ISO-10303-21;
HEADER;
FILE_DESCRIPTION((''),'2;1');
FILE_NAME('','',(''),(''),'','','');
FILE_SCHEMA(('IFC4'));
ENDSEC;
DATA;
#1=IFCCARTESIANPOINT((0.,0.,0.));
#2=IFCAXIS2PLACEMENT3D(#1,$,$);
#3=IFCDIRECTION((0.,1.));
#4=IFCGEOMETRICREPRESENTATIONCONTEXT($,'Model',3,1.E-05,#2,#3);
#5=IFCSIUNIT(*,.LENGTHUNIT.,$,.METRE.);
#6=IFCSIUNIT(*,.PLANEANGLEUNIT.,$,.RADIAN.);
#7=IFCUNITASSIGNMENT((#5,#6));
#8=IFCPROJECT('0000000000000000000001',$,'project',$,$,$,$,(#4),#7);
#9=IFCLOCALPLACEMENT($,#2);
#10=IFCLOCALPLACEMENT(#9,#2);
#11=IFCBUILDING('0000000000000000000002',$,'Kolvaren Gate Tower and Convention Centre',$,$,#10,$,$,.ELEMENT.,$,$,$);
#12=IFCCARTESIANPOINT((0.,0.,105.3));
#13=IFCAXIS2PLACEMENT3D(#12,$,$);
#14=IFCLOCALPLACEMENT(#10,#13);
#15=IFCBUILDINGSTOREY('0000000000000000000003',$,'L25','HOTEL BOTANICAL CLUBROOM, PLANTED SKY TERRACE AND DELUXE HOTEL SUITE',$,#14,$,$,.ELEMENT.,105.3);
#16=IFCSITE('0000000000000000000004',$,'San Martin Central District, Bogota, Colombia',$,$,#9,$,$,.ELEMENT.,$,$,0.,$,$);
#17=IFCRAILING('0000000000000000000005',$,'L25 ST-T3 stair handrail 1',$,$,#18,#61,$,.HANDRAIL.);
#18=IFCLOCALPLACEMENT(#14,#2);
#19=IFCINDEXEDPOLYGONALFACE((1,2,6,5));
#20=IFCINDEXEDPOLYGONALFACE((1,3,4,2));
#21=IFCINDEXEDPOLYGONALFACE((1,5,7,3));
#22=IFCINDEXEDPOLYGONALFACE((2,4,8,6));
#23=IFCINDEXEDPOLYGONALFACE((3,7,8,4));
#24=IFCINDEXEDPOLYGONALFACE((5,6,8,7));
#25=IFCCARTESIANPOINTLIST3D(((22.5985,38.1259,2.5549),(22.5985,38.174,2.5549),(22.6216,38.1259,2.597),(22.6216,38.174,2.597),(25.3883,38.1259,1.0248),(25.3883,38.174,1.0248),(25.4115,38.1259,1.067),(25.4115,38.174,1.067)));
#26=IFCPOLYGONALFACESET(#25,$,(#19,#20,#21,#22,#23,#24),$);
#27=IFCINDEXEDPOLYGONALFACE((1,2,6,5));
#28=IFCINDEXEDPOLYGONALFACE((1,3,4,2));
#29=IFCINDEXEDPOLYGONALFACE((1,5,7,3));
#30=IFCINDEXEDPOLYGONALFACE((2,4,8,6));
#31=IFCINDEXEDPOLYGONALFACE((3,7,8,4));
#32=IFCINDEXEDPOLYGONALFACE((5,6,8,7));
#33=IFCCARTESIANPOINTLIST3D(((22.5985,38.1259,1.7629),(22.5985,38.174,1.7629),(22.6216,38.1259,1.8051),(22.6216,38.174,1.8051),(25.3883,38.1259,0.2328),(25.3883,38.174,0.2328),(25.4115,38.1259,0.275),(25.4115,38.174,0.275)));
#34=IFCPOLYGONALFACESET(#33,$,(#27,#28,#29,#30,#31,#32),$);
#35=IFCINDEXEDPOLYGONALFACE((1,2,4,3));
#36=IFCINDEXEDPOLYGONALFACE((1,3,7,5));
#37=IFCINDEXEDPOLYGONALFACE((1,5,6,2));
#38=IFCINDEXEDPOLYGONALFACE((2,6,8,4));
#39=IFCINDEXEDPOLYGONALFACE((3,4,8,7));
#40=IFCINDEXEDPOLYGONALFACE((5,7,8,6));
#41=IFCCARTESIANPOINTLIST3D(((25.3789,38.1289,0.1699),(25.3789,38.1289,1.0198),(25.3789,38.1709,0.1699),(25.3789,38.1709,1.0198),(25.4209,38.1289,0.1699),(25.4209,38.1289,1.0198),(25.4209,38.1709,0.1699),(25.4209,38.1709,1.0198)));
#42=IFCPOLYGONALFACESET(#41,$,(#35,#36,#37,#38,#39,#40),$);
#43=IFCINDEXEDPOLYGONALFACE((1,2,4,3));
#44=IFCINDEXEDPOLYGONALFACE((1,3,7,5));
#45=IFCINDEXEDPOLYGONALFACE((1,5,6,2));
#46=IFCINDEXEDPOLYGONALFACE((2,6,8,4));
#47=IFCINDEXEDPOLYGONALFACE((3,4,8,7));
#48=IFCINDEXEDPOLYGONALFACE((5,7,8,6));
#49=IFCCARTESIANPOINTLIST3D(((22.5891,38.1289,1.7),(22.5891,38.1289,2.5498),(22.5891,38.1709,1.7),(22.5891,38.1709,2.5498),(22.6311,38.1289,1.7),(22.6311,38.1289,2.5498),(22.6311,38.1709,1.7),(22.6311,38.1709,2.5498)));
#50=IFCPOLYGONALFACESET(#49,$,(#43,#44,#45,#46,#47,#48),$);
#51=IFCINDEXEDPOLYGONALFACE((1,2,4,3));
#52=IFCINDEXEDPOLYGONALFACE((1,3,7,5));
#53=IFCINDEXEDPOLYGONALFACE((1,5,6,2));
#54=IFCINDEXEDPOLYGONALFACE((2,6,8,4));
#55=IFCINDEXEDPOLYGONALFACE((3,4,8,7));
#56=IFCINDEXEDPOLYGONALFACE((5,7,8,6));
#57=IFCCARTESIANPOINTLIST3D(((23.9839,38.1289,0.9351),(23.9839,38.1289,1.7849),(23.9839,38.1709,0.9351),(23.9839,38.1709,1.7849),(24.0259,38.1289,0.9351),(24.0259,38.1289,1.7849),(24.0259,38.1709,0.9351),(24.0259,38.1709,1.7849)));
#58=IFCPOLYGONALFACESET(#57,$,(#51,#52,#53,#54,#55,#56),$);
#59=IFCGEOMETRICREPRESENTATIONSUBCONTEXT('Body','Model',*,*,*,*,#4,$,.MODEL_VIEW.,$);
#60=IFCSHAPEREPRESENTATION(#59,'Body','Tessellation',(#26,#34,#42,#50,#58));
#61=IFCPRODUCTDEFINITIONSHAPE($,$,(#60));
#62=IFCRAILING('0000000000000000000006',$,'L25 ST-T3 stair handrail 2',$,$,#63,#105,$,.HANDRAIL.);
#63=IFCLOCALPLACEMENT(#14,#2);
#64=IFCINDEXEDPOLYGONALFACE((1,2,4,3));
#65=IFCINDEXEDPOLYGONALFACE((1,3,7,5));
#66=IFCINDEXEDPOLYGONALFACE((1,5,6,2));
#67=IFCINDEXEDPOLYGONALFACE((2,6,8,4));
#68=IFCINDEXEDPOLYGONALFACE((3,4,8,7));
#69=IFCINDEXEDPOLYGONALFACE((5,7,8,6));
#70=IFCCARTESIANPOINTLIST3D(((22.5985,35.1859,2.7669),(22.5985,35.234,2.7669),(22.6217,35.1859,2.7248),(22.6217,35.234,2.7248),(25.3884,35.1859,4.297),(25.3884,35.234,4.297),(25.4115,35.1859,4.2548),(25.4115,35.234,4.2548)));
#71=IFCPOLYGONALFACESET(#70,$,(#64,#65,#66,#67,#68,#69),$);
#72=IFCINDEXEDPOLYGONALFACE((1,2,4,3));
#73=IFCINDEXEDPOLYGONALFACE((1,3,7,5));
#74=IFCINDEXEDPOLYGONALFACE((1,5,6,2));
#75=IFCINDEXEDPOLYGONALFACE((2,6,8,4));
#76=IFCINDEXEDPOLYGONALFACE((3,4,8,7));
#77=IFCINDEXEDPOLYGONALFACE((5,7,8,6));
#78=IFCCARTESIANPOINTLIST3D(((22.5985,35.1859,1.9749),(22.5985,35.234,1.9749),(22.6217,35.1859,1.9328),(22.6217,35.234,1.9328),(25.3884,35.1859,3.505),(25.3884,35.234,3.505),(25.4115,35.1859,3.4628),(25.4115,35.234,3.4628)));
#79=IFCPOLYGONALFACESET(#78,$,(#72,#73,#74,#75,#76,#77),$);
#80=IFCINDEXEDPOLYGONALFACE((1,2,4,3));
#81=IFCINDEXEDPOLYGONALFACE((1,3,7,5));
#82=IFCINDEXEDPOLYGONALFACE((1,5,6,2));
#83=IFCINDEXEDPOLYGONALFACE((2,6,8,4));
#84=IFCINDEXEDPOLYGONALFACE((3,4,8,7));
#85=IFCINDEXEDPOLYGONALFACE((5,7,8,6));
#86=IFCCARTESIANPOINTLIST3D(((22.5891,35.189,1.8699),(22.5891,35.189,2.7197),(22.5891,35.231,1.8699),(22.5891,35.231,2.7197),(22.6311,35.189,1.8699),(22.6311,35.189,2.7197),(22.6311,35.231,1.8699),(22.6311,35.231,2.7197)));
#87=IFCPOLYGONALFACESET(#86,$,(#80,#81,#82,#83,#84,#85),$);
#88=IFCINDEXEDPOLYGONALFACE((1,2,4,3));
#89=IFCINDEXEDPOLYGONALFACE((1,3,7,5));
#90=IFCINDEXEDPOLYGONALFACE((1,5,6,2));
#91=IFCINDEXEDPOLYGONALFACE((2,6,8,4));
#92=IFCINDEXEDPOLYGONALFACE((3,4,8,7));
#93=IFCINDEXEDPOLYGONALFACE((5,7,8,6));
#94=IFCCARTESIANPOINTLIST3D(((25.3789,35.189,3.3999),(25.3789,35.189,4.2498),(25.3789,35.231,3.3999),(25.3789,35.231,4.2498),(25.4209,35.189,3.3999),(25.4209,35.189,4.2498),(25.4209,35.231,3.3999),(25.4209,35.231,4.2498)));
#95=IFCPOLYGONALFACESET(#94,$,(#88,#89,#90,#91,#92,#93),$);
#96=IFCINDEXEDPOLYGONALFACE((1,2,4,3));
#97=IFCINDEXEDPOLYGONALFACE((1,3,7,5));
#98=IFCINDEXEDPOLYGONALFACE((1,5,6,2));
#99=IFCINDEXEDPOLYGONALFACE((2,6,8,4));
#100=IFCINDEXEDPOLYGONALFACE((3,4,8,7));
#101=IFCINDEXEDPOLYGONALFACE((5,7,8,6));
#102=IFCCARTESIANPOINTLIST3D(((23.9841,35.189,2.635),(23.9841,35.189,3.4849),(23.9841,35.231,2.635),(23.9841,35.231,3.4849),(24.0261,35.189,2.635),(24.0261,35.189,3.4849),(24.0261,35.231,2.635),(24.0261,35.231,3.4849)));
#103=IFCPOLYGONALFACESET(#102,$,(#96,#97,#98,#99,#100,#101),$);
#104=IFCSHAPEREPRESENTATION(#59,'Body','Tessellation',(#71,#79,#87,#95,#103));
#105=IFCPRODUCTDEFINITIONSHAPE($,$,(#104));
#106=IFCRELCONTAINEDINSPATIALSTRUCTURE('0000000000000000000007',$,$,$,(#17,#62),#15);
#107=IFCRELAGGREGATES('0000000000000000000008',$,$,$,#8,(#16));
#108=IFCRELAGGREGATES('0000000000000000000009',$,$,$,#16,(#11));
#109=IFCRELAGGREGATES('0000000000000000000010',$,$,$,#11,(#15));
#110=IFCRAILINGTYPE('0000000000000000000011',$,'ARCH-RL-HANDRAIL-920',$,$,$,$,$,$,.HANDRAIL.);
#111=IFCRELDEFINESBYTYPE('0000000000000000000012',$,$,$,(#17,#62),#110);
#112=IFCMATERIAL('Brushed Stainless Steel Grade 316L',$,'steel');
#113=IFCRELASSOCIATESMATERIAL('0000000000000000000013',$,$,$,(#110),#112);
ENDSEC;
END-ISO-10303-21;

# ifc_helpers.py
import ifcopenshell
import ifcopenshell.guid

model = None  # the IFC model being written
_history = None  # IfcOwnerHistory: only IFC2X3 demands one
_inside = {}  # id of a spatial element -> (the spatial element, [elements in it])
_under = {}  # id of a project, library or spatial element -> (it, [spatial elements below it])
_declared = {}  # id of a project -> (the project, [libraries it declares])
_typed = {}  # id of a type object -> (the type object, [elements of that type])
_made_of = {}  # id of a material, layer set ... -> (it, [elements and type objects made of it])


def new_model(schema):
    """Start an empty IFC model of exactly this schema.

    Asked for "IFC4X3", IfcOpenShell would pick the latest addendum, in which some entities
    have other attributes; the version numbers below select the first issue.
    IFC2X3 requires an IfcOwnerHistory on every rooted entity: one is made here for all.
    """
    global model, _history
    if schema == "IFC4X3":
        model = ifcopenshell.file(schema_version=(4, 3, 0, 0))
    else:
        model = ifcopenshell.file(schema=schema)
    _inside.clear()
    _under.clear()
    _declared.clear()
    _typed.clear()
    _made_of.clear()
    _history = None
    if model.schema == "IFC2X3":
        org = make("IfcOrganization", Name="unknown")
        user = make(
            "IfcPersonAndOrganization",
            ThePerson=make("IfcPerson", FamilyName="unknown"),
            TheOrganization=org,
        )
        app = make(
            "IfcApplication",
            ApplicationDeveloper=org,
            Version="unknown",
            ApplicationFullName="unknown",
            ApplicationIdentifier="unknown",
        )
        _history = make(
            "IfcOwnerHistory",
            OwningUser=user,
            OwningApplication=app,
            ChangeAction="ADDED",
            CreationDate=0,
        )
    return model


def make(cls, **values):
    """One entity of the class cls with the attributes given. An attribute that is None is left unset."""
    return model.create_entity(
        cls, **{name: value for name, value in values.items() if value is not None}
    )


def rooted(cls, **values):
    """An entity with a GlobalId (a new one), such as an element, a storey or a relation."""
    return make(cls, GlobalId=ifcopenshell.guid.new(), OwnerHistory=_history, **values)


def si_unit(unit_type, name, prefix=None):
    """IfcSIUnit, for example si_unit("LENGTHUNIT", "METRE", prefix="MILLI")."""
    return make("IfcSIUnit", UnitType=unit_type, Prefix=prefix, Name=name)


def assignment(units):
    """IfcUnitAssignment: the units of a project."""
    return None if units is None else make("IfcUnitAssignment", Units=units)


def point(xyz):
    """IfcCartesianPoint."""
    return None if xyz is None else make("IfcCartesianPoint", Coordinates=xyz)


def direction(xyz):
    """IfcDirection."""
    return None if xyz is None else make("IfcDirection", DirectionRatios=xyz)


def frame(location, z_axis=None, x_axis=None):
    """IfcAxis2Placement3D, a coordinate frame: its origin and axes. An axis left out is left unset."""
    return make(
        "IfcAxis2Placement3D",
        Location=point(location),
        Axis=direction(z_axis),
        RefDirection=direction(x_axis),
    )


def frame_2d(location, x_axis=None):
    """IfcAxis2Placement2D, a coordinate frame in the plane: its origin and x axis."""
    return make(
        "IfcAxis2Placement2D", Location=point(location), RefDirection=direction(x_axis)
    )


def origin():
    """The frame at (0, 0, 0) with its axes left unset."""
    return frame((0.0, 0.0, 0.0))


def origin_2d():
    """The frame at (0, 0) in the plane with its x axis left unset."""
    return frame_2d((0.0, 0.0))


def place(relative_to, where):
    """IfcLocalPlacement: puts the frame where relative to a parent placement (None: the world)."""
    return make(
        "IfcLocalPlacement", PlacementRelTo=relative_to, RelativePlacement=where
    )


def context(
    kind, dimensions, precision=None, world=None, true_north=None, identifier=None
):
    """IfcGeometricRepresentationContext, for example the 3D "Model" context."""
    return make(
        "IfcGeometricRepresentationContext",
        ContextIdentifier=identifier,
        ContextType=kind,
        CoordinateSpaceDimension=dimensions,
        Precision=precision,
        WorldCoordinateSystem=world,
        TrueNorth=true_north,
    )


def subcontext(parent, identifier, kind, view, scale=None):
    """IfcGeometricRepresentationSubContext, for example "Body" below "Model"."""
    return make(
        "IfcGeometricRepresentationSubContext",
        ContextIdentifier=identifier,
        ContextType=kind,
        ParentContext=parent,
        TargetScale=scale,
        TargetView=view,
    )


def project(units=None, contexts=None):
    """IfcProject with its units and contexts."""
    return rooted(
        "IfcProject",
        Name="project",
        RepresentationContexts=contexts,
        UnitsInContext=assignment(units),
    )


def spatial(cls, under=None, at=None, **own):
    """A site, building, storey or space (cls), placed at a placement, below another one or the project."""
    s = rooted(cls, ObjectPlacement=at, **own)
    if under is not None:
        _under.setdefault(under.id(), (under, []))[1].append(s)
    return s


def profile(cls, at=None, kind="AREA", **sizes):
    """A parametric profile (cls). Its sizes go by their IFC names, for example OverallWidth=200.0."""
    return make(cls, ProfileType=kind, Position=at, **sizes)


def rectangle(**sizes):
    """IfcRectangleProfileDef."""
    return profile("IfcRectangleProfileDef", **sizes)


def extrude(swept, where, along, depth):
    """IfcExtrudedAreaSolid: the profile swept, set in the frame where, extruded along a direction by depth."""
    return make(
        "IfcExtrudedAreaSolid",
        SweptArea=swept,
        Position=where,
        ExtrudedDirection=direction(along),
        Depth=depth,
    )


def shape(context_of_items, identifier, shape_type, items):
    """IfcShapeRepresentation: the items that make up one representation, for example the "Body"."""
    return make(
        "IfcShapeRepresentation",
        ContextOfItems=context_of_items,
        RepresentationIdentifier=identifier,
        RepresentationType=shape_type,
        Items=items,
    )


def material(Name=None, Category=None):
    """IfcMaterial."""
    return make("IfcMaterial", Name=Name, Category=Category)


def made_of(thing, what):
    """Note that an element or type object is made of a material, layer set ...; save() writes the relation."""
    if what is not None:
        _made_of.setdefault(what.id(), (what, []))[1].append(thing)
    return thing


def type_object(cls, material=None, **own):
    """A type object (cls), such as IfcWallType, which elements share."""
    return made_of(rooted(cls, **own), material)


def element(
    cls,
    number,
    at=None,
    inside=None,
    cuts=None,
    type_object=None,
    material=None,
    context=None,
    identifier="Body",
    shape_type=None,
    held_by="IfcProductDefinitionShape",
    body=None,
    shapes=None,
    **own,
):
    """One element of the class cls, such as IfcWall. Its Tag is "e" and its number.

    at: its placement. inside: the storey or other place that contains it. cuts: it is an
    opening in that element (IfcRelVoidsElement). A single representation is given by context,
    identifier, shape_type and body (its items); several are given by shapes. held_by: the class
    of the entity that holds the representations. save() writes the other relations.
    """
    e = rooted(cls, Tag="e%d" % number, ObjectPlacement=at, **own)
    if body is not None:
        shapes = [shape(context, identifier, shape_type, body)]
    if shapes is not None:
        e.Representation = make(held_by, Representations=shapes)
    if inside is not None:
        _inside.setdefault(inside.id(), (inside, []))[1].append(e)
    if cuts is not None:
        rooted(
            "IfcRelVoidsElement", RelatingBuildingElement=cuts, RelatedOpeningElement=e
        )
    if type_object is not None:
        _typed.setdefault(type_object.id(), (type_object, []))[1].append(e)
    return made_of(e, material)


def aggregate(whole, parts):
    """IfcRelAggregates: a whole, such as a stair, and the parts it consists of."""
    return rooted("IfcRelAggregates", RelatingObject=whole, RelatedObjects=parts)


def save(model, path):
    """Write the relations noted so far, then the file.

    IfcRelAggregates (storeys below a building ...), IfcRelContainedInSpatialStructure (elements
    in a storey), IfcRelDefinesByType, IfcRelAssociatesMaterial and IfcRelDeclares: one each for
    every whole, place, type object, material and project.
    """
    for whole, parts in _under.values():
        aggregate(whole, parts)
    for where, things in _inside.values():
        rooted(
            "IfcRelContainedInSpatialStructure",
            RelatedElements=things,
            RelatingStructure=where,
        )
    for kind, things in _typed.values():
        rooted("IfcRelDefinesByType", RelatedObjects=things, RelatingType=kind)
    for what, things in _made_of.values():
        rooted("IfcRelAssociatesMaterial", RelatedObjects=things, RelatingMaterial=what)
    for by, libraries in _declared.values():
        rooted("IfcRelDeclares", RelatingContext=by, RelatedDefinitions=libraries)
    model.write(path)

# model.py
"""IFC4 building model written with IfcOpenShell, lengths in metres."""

from ifc_helpers import new_model, si_unit, direction, frame, origin, origin_2d, place, context, subcontext, project, spatial, rectangle, extrude, material, type_object, element, save


model = new_model("IFC4")

# Units and contexts
model_context = context("Model", 3, precision=1e-05, world=origin(), true_north=direction((0.0, 1.0)))
body_context = subcontext(model_context, "Body", "Model", "MODEL_VIEW")
ifc_project = project(units=[si_unit("LENGTHUNIT", "METRE"), si_unit("PLANEANGLEUNIT", "RADIAN")], contexts=[model_context])

# Site, building, storey
site_placement = place(None, origin())
site = spatial("IfcSite", under=ifc_project, at=site_placement, Name="San Martin Central District, Bogota, Colombia", CompositionType="ELEMENT", RefElevation=0.0)
building_placement = place(site_placement, origin())
building = spatial("IfcBuilding", under=site, at=building_placement, Name="Kolvaren Gate Tower and Convention Centre", CompositionType="ELEMENT")
storey_placement = place(building_placement, frame((0.0, 0.0, 105.3)))
storey = spatial("IfcBuildingStorey", under=building, at=storey_placement, Name="L25", Description="HOTEL BOTANICAL CLUBROOM, PLANTED SKY TERRACE AND DELUXE HOTEL SUITE", CompositionType="ELEMENT", Elevation=105.3)

# Railings
ifc_material_1 = material(Name="Brushed Stainless Steel Grade 316L", Category="steel")
railing_type_1 = type_object("IfcRailingType", Name="ARCH-RL-HANDRAIL-920", PredefinedType="HANDRAIL", material=ifc_material_1)
railing_1_placement = place(storey_placement, frame((25.3999, 38.1499, 0.1699)))
element("IfcRailing", 1, at=railing_1_placement, inside=storey, type_object=railing_type_1, Name="L25 ST-T3 stair handrail 1", PredefinedType="HANDRAIL", context=body_context, shape_type="SweptSolid", body=[
    extrude(rectangle(XDim=0.0481, YDim=0.0481, at=origin_2d()), frame((0.0, 0.0, 0.876), z_axis=(-0.876794, 0.0, 0.480867), x_axis=(0.0, -1.0, 0.0)), (0.0, 0.0, 1.0), 3.1819),
    extrude(rectangle(XDim=0.0481, YDim=0.0481, at=origin_2d()), frame((0.0, 0.0, 0.084), z_axis=(-0.876794, 0.0, 0.480867), x_axis=(0.0, -1.0, 0.0)), (0.0, 0.0, 1.0), 3.1819),
    extrude(rectangle(XDim=0.042, YDim=0.042, at=origin_2d()), origin(), (0.0, 0.0, 1.0), 0.8499),
    extrude(rectangle(XDim=0.042, YDim=0.042, at=origin_2d()), frame((-2.7898, 0.0, 1.53)), (0.0, 0.0, 1.0), 0.8499),
    extrude(rectangle(XDim=0.042, YDim=0.042, at=origin_2d()), frame((-1.395, 0.0, 0.7651)), (0.0, 0.0, 1.0), 0.8499),
])
railing_2_placement = place(storey_placement, frame((22.6101, 35.21, 1.8699)))
element("IfcRailing", 2, at=railing_2_placement, inside=storey, type_object=railing_type_1, Name="L25 ST-T3 stair handrail 2", PredefinedType="HANDRAIL", context=body_context, shape_type="SweptSolid", body=[
    extrude(rectangle(XDim=0.0481, YDim=0.0481, at=origin_2d()), frame((0.0, 0.0, 0.876), z_axis=(0.876794, 0.0, 0.480867), x_axis=(0.0, 1.0, 0.0)), (0.0, 0.0, 1.0), 3.1819),
    extrude(rectangle(XDim=0.0481, YDim=0.0481, at=origin_2d()), frame((0.0, 0.0, 0.084), z_axis=(0.876794, 0.0, 0.480867), x_axis=(0.0, 1.0, 0.0)), (0.0, 0.0, 1.0), 3.1819),
    extrude(rectangle(XDim=0.042, YDim=0.042, at=origin_2d()), origin(), (0.0, 0.0, 1.0), 0.8499),
    extrude(rectangle(XDim=0.042, YDim=0.042, at=origin_2d()), frame((2.7898, 0.0, 1.53)), (0.0, 0.0, 1.0), 0.8499),
    extrude(rectangle(XDim=0.042, YDim=0.042, at=origin_2d()), frame((1.395, 0.0, 0.7651)), (0.0, 0.0, 1.0), 0.8499),
])

save(model, "model.ifc")
